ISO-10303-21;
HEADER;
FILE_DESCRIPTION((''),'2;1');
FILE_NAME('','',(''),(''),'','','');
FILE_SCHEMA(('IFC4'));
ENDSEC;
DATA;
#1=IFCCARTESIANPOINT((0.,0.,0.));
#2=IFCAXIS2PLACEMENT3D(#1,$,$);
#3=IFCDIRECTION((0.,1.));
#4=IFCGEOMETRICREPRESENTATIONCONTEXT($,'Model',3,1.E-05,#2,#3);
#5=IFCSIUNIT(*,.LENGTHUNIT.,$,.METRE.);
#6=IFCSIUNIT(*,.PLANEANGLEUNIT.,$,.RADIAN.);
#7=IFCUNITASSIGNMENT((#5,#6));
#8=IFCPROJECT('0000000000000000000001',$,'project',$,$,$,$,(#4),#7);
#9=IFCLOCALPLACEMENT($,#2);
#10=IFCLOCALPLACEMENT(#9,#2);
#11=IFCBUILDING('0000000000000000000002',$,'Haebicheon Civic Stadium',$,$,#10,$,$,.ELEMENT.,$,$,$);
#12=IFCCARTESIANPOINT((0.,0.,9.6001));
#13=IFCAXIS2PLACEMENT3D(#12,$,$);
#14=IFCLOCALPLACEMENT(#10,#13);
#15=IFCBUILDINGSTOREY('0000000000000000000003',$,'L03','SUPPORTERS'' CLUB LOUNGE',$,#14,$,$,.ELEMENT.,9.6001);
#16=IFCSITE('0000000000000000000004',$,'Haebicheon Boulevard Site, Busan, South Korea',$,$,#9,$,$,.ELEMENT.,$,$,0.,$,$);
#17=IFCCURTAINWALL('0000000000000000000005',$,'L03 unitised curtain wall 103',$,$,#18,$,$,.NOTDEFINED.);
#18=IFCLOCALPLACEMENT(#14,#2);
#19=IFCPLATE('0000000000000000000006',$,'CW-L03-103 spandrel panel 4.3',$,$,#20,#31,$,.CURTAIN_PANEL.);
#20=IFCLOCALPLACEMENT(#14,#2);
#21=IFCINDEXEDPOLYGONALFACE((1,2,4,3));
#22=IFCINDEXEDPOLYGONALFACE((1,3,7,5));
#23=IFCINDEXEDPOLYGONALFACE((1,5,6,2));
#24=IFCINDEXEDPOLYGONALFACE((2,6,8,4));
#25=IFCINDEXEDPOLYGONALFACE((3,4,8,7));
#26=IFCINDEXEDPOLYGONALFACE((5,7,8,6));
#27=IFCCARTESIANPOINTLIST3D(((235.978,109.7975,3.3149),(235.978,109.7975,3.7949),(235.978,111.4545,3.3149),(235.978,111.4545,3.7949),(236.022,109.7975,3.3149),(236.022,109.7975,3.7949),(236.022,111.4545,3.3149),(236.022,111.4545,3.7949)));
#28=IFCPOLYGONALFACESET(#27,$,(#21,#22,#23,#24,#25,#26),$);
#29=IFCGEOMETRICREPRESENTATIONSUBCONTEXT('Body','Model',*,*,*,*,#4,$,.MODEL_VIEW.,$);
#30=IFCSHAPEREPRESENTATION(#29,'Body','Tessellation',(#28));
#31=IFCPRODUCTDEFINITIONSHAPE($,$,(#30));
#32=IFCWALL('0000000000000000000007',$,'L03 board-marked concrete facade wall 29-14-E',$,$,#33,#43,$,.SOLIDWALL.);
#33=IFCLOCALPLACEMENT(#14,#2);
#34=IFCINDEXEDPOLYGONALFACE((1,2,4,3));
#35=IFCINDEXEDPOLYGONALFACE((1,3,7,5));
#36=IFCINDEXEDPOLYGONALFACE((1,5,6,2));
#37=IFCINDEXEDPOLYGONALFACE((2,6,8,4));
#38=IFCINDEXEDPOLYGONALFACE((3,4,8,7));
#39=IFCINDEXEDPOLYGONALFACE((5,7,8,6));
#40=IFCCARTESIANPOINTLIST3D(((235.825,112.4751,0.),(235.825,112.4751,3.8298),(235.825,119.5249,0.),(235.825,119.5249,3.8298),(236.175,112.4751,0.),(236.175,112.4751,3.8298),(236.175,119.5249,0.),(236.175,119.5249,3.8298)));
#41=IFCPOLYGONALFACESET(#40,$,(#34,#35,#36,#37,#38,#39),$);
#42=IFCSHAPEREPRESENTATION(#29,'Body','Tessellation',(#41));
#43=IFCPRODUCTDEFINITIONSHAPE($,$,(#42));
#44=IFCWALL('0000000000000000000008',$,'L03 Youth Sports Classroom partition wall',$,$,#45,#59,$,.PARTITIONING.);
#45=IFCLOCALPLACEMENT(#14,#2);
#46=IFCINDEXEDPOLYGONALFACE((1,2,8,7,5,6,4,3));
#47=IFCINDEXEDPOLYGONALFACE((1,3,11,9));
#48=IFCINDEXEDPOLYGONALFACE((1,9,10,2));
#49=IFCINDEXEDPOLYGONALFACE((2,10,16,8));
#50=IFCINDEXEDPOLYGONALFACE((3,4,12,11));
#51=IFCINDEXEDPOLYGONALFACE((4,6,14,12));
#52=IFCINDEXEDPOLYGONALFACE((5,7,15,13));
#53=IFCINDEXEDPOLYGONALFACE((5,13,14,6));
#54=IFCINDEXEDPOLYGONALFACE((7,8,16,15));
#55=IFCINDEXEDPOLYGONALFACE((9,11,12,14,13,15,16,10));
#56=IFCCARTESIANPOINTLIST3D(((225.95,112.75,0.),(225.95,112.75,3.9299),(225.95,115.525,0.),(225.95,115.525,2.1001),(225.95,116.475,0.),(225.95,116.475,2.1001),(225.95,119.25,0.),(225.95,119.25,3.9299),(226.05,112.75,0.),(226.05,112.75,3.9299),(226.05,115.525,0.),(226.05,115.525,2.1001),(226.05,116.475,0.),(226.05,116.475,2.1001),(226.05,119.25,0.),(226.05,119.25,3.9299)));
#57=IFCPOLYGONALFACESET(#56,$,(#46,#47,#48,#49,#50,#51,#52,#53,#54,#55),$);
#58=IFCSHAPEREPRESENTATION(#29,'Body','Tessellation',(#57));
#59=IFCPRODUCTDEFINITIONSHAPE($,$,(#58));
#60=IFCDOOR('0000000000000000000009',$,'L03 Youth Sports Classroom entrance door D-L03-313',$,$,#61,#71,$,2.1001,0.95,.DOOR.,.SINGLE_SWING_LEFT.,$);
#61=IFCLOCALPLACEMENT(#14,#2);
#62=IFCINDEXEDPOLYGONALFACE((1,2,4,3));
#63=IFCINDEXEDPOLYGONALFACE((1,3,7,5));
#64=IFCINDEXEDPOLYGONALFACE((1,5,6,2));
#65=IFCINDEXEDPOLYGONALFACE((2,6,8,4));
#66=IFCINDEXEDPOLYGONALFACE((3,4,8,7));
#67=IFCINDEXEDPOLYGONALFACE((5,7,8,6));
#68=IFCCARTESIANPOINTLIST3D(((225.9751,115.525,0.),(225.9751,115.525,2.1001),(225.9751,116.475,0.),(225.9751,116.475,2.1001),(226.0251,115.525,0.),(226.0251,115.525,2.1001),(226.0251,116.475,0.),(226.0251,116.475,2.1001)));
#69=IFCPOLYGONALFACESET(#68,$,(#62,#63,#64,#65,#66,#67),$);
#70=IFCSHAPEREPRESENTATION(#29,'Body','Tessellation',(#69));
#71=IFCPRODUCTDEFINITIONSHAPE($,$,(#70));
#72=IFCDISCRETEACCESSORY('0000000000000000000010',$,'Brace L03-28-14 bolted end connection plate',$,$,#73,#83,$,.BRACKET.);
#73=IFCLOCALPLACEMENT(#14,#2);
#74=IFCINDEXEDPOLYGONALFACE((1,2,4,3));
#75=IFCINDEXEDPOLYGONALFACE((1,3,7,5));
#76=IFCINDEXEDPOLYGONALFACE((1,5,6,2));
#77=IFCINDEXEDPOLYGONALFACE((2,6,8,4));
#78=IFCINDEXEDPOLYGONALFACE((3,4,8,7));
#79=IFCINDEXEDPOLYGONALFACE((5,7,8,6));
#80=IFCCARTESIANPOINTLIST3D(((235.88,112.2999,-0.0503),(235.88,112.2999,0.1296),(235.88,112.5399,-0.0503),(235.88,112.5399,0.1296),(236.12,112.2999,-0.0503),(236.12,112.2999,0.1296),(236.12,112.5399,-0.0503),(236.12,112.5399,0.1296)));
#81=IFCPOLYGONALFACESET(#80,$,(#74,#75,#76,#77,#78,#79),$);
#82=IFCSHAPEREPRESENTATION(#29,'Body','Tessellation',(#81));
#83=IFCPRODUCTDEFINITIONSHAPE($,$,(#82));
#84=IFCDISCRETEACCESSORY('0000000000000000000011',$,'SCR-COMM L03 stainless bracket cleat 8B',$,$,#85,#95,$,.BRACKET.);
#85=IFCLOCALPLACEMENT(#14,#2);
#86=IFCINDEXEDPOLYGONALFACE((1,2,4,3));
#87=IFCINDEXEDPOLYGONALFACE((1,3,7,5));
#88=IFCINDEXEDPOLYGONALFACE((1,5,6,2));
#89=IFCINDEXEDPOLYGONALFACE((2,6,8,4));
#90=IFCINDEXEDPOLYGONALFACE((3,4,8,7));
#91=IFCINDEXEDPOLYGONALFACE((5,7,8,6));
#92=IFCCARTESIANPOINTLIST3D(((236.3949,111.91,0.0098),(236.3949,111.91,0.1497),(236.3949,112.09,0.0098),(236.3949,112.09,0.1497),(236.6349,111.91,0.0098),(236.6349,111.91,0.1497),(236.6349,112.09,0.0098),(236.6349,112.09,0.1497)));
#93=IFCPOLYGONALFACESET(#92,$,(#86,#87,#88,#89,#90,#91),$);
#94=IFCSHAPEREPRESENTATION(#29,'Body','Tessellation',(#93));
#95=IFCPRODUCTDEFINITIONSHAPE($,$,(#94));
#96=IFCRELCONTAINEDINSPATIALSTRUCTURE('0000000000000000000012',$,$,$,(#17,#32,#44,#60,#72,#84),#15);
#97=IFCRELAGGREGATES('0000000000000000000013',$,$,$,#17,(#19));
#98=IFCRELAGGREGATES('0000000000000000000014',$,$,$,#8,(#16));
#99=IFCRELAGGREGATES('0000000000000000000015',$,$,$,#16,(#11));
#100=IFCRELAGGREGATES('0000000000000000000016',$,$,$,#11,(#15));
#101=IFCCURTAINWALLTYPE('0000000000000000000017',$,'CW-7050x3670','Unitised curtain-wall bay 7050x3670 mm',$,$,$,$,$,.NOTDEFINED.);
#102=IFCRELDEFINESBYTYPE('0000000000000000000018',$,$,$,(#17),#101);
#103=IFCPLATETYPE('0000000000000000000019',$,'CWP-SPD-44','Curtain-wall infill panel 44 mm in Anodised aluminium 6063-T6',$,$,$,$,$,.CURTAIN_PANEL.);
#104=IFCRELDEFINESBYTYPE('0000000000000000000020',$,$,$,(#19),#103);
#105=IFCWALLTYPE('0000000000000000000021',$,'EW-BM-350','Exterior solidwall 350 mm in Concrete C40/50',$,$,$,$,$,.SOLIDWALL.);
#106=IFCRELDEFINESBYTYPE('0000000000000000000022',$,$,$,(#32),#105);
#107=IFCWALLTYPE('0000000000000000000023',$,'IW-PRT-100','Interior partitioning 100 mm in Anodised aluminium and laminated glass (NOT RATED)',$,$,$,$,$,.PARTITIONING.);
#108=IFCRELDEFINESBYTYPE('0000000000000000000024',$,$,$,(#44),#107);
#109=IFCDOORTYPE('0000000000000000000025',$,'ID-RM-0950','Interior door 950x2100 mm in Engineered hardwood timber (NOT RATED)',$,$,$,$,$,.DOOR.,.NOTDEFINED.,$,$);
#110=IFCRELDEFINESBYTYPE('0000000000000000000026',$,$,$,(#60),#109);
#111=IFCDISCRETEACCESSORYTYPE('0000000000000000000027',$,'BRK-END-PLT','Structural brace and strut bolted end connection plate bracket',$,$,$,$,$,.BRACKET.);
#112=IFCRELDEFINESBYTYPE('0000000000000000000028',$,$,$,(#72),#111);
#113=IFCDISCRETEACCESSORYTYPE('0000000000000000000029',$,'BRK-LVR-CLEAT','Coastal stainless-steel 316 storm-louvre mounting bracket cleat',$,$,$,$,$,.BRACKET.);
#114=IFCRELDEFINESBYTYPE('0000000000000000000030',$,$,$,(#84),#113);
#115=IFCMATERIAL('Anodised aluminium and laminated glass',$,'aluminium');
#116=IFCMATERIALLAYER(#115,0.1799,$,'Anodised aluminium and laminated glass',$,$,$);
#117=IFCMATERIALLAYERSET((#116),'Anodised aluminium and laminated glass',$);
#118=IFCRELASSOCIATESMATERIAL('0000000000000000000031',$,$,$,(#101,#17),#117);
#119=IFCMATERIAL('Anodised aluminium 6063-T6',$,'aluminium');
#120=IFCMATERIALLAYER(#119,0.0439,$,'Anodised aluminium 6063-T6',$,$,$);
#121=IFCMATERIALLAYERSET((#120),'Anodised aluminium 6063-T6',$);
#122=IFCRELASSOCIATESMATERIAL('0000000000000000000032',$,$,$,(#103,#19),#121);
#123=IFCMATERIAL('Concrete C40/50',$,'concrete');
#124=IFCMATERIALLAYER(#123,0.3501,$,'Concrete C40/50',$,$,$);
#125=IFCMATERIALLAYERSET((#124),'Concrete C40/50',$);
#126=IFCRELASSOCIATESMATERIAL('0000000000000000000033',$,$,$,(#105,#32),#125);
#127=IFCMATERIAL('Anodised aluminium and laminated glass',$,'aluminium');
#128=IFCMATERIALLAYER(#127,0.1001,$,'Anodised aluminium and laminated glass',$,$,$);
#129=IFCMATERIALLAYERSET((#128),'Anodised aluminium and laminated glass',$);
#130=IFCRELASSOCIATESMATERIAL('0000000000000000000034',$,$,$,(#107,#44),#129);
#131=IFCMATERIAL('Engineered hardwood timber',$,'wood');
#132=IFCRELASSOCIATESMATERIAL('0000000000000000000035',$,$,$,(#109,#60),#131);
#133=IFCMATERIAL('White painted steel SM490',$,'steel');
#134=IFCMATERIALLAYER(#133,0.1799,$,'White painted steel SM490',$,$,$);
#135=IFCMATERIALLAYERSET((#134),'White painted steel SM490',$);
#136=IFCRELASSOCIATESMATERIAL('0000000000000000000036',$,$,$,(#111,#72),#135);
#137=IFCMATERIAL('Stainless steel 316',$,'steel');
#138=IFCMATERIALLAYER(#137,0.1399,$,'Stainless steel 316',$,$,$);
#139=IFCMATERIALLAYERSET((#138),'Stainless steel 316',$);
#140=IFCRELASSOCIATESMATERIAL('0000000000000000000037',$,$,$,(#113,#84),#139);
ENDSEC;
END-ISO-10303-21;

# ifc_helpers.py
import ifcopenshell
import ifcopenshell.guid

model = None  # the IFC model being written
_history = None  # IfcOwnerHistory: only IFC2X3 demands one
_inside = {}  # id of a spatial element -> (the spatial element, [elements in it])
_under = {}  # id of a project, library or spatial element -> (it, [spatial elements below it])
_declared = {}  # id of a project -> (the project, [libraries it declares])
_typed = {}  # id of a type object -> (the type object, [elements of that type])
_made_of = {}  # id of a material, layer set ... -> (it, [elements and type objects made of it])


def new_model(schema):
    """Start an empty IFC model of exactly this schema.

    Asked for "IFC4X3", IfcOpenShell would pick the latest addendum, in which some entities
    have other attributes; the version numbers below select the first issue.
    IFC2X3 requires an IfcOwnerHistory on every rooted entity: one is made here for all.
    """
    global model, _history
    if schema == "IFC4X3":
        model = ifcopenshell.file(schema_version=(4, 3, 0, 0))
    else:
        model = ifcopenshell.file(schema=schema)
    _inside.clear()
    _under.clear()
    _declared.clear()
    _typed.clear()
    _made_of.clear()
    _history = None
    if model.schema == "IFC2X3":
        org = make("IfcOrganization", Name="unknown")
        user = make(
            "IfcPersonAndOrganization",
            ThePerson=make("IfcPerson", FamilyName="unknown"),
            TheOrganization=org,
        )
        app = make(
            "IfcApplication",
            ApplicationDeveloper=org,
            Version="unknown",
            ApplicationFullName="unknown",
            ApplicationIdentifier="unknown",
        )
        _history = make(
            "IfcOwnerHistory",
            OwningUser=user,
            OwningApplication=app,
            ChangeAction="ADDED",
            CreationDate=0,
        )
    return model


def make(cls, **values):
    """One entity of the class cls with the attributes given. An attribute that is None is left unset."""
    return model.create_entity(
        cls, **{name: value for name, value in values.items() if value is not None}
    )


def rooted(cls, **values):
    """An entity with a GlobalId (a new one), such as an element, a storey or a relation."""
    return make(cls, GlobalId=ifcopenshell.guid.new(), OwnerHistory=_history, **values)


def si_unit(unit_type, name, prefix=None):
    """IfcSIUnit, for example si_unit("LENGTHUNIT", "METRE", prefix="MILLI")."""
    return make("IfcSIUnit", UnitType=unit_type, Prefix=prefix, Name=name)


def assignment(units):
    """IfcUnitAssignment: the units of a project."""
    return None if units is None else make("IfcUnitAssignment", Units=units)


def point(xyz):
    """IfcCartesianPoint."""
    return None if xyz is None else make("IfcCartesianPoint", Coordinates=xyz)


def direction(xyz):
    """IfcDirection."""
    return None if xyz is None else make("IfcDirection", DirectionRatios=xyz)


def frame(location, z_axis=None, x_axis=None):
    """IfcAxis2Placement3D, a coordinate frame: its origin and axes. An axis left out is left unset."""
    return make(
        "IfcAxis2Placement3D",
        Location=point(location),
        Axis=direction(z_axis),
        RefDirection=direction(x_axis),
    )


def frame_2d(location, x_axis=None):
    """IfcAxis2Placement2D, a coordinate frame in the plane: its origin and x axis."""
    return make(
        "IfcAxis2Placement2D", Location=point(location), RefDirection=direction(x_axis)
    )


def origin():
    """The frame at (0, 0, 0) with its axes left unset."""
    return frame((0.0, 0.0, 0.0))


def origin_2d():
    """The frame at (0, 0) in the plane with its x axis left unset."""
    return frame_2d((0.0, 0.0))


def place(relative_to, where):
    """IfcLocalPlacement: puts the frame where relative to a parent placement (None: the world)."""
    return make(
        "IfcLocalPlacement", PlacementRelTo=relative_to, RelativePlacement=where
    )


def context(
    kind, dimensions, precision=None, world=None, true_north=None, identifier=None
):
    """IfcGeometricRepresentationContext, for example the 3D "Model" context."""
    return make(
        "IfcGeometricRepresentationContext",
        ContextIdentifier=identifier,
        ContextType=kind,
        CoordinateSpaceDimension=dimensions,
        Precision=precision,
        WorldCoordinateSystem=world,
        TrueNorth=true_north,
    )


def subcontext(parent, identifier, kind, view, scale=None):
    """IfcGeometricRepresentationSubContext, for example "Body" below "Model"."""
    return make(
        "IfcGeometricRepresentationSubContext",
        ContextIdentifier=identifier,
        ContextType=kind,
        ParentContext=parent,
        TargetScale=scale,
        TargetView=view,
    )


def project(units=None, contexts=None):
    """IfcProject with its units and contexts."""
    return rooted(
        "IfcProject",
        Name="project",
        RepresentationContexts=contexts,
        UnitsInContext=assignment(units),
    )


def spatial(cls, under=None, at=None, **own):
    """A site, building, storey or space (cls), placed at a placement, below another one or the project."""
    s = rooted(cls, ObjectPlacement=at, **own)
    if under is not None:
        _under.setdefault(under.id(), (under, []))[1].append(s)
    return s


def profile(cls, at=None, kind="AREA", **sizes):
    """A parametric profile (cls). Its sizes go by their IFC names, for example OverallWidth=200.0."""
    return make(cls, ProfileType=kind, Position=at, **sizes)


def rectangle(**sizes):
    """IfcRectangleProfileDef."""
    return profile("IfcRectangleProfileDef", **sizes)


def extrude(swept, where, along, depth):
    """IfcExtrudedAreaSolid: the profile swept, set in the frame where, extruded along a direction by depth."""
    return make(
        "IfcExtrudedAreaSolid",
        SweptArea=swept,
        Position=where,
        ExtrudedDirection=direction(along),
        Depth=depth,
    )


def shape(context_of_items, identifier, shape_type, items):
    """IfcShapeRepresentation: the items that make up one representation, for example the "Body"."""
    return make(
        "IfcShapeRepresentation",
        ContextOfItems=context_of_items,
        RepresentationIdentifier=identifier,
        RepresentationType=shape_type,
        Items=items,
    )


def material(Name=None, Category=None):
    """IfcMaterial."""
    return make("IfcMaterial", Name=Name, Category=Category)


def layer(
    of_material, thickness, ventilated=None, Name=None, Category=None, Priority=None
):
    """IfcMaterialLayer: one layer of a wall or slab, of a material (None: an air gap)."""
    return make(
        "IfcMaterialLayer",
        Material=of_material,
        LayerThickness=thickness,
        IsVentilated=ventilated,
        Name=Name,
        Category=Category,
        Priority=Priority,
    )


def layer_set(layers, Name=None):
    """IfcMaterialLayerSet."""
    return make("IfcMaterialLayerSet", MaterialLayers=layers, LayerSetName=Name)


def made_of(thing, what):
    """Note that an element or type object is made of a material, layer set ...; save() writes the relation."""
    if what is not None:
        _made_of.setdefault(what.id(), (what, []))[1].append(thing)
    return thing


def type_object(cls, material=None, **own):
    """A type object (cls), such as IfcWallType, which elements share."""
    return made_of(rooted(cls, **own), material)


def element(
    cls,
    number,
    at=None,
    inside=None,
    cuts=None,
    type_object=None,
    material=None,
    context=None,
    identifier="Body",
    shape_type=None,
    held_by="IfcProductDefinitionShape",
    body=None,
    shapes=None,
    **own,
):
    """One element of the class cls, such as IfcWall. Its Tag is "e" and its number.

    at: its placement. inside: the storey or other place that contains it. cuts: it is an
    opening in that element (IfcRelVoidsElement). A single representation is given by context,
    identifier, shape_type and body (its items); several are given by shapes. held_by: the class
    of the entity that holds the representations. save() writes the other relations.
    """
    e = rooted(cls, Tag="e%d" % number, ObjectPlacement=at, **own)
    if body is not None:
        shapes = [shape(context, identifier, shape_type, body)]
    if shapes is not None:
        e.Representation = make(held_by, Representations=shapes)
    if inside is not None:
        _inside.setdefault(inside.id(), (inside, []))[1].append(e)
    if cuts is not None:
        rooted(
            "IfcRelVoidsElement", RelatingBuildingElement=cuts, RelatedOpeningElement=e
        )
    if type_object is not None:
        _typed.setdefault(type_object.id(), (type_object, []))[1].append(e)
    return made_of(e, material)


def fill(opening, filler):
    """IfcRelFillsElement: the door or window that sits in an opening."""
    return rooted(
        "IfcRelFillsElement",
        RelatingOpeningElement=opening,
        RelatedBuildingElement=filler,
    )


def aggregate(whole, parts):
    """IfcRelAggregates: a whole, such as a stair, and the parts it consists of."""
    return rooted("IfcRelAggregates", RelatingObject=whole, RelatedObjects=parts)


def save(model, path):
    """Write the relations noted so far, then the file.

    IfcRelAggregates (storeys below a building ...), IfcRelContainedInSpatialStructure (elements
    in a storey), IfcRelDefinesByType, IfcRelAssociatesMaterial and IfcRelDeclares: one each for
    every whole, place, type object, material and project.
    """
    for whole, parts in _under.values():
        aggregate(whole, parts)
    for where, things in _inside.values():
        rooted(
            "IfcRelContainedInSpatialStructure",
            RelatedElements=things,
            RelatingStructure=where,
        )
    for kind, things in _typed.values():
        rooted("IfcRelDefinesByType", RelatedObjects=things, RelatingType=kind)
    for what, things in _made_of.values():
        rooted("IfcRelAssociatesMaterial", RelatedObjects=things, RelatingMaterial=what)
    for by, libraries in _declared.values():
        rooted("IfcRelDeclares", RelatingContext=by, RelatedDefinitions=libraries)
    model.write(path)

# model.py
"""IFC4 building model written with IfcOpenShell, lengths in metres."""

from ifc_helpers import new_model, si_unit, direction, frame, frame_2d, origin, origin_2d, place, context, subcontext, project, spatial, rectangle, extrude, material, layer, layer_set, type_object, element, fill, aggregate, save


model = new_model("IFC4")

# Units and contexts
model_context = context("Model", 3, precision=1e-05, world=origin(), true_north=direction((0.0, 1.0)))
body_context = subcontext(model_context, "Body", "Model", "MODEL_VIEW")
ifc_project = project(units=[si_unit("LENGTHUNIT", "METRE"), si_unit("PLANEANGLEUNIT", "RADIAN")], contexts=[model_context])

# Site, building, storey
site_placement = place(None, origin())
site = spatial("IfcSite", under=ifc_project, at=site_placement, Name="Haebicheon Boulevard Site, Busan, South Korea", CompositionType="ELEMENT", RefElevation=0.0)
building_placement = place(site_placement, origin())
building = spatial("IfcBuilding", under=site, at=building_placement, Name="Haebicheon Civic Stadium", CompositionType="ELEMENT")
storey_placement = place(building_placement, frame((0.0, 0.0, 9.6001)))
storey = spatial("IfcBuildingStorey", under=building, at=storey_placement, Name="L03", Description="SUPPORTERS' CLUB LOUNGE", CompositionType="ELEMENT", Elevation=9.6001)

# Curtain wall
ifc_material_1 = material(Name="Anodised aluminium and laminated glass", Category="aluminium")
ifc_layer_1 = layer(ifc_material_1, 0.1799, Name="Anodised aluminium and laminated glass")
ifc_layer_set_1 = layer_set([ifc_layer_1], Name="Anodised aluminium and laminated glass")
curtain_wall_type = type_object("IfcCurtainWallType", Name="CW-7050x3670", Description="Unitised curtain-wall bay 7050x3670 mm", PredefinedType="NOTDEFINED", material=ifc_layer_set_1)
curtain_wall_placement = place(storey_placement, origin())
curtain_wall = element("IfcCurtainWall", 1, at=curtain_wall_placement, inside=storey, type_object=curtain_wall_type, material=ifc_layer_set_1, Name="L03 unitised curtain wall 103", PredefinedType="NOTDEFINED")

# Plate
ifc_material_2 = material(Name="Anodised aluminium 6063-T6", Category="aluminium")
ifc_layer_2 = layer(ifc_material_2, 0.0439, Name="Anodised aluminium 6063-T6")
ifc_layer_set_2 = layer_set([ifc_layer_2], Name="Anodised aluminium 6063-T6")
plate_type_1 = type_object("IfcPlateType", Name="CWP-SPD-44", Description="Curtain-wall infill panel 44 mm in Anodised aluminium 6063-T6", PredefinedType="CURTAIN_PANEL", material=ifc_layer_set_2)
plate_1_placement = place(storey_placement, frame((236.0, 110.626, 3.3149), z_axis=(0.0, 0.0, 1.0), x_axis=(0.0, 1.0, 0.0)))
plate_1 = element("IfcPlate", 2, at=plate_1_placement, type_object=plate_type_1, material=ifc_layer_set_2, Name="CW-L03-103 spandrel panel 4.3", PredefinedType="CURTAIN_PANEL", context=body_context, shape_type="SweptSolid", body=[
    extrude(rectangle(XDim=1.657, YDim=0.0439, at=origin_2d()), origin(), (0.0, 0.0, 1.0), 0.48),
])
aggregate(curtain_wall, [plate_1])

# Wall
ifc_material_3 = material(Name="Concrete C40/50", Category="concrete")
ifc_layer_3 = layer(ifc_material_3, 0.3501, Name="Concrete C40/50")
ifc_layer_set_3 = layer_set([ifc_layer_3], Name="Concrete C40/50")
wall_type_1 = type_object("IfcWallType", Name="EW-BM-350", Description="Exterior solidwall 350 mm in Concrete C40/50", PredefinedType="SOLIDWALL", material=ifc_layer_set_3)
wall_1_placement = place(storey_placement, frame((236.0, 112.4751, 0.0), z_axis=(0.0, 0.0, 1.0), x_axis=(0.0, 1.0, 0.0)))
element("IfcWall", 3, at=wall_1_placement, inside=storey, type_object=wall_type_1, material=ifc_layer_set_3, Name="L03 board-marked concrete facade wall 29-14-E", PredefinedType="SOLIDWALL", context=body_context, shape_type="SweptSolid", body=[
    extrude(rectangle(XDim=7.0498, YDim=0.3501, at=frame_2d((3.5249, 0.0))), origin(), (0.0, 0.0, 1.0), 3.8298),
])

# Wall, opening, door
ifc_material_4 = material(Name="Anodised aluminium and laminated glass", Category="aluminium")
ifc_layer_4 = layer(ifc_material_4, 0.1001, Name="Anodised aluminium and laminated glass")
ifc_layer_set_4 = layer_set([ifc_layer_4], Name="Anodised aluminium and laminated glass")
wall_type_2 = type_object("IfcWallType", Name="IW-PRT-100", Description="Interior partitioning 100 mm in Anodised aluminium and laminated glass (NOT RATED)", PredefinedType="PARTITIONING", material=ifc_layer_set_4)
wall_2_placement = place(storey_placement, frame((226.0, 112.75, 0.0), z_axis=(0.0, 0.0, 1.0), x_axis=(0.0, 1.0, 0.0)))
wall_2 = element("IfcWall", 4, at=wall_2_placement, inside=storey, type_object=wall_type_2, material=ifc_layer_set_4, Name="L03 Youth Sports Classroom partition wall", PredefinedType="PARTITIONING", context=body_context, shape_type="SweptSolid", body=[
    extrude(rectangle(XDim=6.5, YDim=0.1001, at=frame_2d((3.25, 0.0))), origin(), (0.0, 0.0, 1.0), 3.9299),
])
opening_placement = place(wall_2_placement, frame((2.7749, 0.0, 0.0)))
opening = element("IfcOpeningElement", 5, at=opening_placement, cuts=wall_2, PredefinedType="OPENING", context=body_context, shape_type="SweptSolid", body=[
    extrude(rectangle(XDim=0.95, YDim=2.1001, at=frame_2d((0.4751, 1.05))), frame((0.0, 0.0601, 0.0), z_axis=(0.0, -1.0, 0.0), x_axis=(1.0, 0.0, 0.0)), (0.0, 0.0, 1.0), 0.1201),
])
ifc_material_5 = material(Name="Engineered hardwood timber", Category="wood")
door_type = type_object("IfcDoorType", Name="ID-RM-0950", Description="Interior door 950x2100 mm in Engineered hardwood timber (NOT RATED)", OperationType="NOTDEFINED", PredefinedType="DOOR", material=ifc_material_5)
door_placement = place(opening_placement, origin())
door = element("IfcDoor", 6, at=door_placement, inside=storey, type_object=door_type, material=ifc_material_5, Name="L03 Youth Sports Classroom entrance door D-L03-313", OperationType="SINGLE_SWING_LEFT", OverallHeight=2.1001, OverallWidth=0.95, PredefinedType="DOOR", context=body_context, shape_type="SweptSolid", body=[
    extrude(rectangle(XDim=0.95, YDim=2.1001, at=frame_2d((0.4751, 1.05))), frame((0.0, 0.0249, 0.0), z_axis=(0.0, -1.0, 0.0), x_axis=(1.0, 0.0, 0.0)), (0.0, 0.0, 1.0), 0.05),
])
fill(opening, door)

# Discrete accessories
ifc_material_6 = material(Name="White painted steel SM490", Category="steel")
ifc_layer_5 = layer(ifc_material_6, 0.1799, Name="White painted steel SM490")
ifc_layer_set_5 = layer_set([ifc_layer_5], Name="White painted steel SM490")
discrete_accessory_type_1 = type_object("IfcDiscreteAccessoryType", Name="BRK-END-PLT", Description="Structural brace and strut bolted end connection plate bracket", PredefinedType="BRACKET", material=ifc_layer_set_5)
discrete_accessory_1_placement = place(storey_placement, frame((236.0, 112.4199, -0.0503), z_axis=(0.0, 0.0, 1.0), x_axis=(1.0, 0.0, 0.0)))
element("IfcDiscreteAccessory", 7, at=discrete_accessory_1_placement, inside=storey, type_object=discrete_accessory_type_1, material=ifc_layer_set_5, Name="Brace L03-28-14 bolted end connection plate", PredefinedType="BRACKET", context=body_context, shape_type="SweptSolid", body=[
    extrude(rectangle(XDim=0.24, YDim=0.24, at=origin_2d()), origin(), (0.0, 0.0, 1.0), 0.1799),
])
ifc_material_7 = material(Name="Stainless steel 316", Category="steel")
ifc_layer_6 = layer(ifc_material_7, 0.1399, Name="Stainless steel 316")
ifc_layer_set_6 = layer_set([ifc_layer_6], Name="Stainless steel 316")
discrete_accessory_type_2 = type_object("IfcDiscreteAccessoryType", Name="BRK-LVR-CLEAT", Description="Coastal stainless-steel 316 storm-louvre mounting bracket cleat", PredefinedType="BRACKET", material=ifc_layer_set_6)
discrete_accessory_2_placement = place(storey_placement, frame((236.5149, 112.0, 0.0098), z_axis=(0.0, 0.0, 1.0), x_axis=(1.0, 0.0, 0.0)))
element("IfcDiscreteAccessory", 8, at=discrete_accessory_2_placement, inside=storey, type_object=discrete_accessory_type_2, material=ifc_layer_set_6, Name="SCR-COMM L03 stainless bracket cleat 8B", PredefinedType="BRACKET", context=body_context, shape_type="SweptSolid", body=[
    extrude(rectangle(XDim=0.24, YDim=0.1799, at=origin_2d()), origin(), (0.0, 0.0, 1.0), 0.1399),
])

save(model, "model.ifc")
